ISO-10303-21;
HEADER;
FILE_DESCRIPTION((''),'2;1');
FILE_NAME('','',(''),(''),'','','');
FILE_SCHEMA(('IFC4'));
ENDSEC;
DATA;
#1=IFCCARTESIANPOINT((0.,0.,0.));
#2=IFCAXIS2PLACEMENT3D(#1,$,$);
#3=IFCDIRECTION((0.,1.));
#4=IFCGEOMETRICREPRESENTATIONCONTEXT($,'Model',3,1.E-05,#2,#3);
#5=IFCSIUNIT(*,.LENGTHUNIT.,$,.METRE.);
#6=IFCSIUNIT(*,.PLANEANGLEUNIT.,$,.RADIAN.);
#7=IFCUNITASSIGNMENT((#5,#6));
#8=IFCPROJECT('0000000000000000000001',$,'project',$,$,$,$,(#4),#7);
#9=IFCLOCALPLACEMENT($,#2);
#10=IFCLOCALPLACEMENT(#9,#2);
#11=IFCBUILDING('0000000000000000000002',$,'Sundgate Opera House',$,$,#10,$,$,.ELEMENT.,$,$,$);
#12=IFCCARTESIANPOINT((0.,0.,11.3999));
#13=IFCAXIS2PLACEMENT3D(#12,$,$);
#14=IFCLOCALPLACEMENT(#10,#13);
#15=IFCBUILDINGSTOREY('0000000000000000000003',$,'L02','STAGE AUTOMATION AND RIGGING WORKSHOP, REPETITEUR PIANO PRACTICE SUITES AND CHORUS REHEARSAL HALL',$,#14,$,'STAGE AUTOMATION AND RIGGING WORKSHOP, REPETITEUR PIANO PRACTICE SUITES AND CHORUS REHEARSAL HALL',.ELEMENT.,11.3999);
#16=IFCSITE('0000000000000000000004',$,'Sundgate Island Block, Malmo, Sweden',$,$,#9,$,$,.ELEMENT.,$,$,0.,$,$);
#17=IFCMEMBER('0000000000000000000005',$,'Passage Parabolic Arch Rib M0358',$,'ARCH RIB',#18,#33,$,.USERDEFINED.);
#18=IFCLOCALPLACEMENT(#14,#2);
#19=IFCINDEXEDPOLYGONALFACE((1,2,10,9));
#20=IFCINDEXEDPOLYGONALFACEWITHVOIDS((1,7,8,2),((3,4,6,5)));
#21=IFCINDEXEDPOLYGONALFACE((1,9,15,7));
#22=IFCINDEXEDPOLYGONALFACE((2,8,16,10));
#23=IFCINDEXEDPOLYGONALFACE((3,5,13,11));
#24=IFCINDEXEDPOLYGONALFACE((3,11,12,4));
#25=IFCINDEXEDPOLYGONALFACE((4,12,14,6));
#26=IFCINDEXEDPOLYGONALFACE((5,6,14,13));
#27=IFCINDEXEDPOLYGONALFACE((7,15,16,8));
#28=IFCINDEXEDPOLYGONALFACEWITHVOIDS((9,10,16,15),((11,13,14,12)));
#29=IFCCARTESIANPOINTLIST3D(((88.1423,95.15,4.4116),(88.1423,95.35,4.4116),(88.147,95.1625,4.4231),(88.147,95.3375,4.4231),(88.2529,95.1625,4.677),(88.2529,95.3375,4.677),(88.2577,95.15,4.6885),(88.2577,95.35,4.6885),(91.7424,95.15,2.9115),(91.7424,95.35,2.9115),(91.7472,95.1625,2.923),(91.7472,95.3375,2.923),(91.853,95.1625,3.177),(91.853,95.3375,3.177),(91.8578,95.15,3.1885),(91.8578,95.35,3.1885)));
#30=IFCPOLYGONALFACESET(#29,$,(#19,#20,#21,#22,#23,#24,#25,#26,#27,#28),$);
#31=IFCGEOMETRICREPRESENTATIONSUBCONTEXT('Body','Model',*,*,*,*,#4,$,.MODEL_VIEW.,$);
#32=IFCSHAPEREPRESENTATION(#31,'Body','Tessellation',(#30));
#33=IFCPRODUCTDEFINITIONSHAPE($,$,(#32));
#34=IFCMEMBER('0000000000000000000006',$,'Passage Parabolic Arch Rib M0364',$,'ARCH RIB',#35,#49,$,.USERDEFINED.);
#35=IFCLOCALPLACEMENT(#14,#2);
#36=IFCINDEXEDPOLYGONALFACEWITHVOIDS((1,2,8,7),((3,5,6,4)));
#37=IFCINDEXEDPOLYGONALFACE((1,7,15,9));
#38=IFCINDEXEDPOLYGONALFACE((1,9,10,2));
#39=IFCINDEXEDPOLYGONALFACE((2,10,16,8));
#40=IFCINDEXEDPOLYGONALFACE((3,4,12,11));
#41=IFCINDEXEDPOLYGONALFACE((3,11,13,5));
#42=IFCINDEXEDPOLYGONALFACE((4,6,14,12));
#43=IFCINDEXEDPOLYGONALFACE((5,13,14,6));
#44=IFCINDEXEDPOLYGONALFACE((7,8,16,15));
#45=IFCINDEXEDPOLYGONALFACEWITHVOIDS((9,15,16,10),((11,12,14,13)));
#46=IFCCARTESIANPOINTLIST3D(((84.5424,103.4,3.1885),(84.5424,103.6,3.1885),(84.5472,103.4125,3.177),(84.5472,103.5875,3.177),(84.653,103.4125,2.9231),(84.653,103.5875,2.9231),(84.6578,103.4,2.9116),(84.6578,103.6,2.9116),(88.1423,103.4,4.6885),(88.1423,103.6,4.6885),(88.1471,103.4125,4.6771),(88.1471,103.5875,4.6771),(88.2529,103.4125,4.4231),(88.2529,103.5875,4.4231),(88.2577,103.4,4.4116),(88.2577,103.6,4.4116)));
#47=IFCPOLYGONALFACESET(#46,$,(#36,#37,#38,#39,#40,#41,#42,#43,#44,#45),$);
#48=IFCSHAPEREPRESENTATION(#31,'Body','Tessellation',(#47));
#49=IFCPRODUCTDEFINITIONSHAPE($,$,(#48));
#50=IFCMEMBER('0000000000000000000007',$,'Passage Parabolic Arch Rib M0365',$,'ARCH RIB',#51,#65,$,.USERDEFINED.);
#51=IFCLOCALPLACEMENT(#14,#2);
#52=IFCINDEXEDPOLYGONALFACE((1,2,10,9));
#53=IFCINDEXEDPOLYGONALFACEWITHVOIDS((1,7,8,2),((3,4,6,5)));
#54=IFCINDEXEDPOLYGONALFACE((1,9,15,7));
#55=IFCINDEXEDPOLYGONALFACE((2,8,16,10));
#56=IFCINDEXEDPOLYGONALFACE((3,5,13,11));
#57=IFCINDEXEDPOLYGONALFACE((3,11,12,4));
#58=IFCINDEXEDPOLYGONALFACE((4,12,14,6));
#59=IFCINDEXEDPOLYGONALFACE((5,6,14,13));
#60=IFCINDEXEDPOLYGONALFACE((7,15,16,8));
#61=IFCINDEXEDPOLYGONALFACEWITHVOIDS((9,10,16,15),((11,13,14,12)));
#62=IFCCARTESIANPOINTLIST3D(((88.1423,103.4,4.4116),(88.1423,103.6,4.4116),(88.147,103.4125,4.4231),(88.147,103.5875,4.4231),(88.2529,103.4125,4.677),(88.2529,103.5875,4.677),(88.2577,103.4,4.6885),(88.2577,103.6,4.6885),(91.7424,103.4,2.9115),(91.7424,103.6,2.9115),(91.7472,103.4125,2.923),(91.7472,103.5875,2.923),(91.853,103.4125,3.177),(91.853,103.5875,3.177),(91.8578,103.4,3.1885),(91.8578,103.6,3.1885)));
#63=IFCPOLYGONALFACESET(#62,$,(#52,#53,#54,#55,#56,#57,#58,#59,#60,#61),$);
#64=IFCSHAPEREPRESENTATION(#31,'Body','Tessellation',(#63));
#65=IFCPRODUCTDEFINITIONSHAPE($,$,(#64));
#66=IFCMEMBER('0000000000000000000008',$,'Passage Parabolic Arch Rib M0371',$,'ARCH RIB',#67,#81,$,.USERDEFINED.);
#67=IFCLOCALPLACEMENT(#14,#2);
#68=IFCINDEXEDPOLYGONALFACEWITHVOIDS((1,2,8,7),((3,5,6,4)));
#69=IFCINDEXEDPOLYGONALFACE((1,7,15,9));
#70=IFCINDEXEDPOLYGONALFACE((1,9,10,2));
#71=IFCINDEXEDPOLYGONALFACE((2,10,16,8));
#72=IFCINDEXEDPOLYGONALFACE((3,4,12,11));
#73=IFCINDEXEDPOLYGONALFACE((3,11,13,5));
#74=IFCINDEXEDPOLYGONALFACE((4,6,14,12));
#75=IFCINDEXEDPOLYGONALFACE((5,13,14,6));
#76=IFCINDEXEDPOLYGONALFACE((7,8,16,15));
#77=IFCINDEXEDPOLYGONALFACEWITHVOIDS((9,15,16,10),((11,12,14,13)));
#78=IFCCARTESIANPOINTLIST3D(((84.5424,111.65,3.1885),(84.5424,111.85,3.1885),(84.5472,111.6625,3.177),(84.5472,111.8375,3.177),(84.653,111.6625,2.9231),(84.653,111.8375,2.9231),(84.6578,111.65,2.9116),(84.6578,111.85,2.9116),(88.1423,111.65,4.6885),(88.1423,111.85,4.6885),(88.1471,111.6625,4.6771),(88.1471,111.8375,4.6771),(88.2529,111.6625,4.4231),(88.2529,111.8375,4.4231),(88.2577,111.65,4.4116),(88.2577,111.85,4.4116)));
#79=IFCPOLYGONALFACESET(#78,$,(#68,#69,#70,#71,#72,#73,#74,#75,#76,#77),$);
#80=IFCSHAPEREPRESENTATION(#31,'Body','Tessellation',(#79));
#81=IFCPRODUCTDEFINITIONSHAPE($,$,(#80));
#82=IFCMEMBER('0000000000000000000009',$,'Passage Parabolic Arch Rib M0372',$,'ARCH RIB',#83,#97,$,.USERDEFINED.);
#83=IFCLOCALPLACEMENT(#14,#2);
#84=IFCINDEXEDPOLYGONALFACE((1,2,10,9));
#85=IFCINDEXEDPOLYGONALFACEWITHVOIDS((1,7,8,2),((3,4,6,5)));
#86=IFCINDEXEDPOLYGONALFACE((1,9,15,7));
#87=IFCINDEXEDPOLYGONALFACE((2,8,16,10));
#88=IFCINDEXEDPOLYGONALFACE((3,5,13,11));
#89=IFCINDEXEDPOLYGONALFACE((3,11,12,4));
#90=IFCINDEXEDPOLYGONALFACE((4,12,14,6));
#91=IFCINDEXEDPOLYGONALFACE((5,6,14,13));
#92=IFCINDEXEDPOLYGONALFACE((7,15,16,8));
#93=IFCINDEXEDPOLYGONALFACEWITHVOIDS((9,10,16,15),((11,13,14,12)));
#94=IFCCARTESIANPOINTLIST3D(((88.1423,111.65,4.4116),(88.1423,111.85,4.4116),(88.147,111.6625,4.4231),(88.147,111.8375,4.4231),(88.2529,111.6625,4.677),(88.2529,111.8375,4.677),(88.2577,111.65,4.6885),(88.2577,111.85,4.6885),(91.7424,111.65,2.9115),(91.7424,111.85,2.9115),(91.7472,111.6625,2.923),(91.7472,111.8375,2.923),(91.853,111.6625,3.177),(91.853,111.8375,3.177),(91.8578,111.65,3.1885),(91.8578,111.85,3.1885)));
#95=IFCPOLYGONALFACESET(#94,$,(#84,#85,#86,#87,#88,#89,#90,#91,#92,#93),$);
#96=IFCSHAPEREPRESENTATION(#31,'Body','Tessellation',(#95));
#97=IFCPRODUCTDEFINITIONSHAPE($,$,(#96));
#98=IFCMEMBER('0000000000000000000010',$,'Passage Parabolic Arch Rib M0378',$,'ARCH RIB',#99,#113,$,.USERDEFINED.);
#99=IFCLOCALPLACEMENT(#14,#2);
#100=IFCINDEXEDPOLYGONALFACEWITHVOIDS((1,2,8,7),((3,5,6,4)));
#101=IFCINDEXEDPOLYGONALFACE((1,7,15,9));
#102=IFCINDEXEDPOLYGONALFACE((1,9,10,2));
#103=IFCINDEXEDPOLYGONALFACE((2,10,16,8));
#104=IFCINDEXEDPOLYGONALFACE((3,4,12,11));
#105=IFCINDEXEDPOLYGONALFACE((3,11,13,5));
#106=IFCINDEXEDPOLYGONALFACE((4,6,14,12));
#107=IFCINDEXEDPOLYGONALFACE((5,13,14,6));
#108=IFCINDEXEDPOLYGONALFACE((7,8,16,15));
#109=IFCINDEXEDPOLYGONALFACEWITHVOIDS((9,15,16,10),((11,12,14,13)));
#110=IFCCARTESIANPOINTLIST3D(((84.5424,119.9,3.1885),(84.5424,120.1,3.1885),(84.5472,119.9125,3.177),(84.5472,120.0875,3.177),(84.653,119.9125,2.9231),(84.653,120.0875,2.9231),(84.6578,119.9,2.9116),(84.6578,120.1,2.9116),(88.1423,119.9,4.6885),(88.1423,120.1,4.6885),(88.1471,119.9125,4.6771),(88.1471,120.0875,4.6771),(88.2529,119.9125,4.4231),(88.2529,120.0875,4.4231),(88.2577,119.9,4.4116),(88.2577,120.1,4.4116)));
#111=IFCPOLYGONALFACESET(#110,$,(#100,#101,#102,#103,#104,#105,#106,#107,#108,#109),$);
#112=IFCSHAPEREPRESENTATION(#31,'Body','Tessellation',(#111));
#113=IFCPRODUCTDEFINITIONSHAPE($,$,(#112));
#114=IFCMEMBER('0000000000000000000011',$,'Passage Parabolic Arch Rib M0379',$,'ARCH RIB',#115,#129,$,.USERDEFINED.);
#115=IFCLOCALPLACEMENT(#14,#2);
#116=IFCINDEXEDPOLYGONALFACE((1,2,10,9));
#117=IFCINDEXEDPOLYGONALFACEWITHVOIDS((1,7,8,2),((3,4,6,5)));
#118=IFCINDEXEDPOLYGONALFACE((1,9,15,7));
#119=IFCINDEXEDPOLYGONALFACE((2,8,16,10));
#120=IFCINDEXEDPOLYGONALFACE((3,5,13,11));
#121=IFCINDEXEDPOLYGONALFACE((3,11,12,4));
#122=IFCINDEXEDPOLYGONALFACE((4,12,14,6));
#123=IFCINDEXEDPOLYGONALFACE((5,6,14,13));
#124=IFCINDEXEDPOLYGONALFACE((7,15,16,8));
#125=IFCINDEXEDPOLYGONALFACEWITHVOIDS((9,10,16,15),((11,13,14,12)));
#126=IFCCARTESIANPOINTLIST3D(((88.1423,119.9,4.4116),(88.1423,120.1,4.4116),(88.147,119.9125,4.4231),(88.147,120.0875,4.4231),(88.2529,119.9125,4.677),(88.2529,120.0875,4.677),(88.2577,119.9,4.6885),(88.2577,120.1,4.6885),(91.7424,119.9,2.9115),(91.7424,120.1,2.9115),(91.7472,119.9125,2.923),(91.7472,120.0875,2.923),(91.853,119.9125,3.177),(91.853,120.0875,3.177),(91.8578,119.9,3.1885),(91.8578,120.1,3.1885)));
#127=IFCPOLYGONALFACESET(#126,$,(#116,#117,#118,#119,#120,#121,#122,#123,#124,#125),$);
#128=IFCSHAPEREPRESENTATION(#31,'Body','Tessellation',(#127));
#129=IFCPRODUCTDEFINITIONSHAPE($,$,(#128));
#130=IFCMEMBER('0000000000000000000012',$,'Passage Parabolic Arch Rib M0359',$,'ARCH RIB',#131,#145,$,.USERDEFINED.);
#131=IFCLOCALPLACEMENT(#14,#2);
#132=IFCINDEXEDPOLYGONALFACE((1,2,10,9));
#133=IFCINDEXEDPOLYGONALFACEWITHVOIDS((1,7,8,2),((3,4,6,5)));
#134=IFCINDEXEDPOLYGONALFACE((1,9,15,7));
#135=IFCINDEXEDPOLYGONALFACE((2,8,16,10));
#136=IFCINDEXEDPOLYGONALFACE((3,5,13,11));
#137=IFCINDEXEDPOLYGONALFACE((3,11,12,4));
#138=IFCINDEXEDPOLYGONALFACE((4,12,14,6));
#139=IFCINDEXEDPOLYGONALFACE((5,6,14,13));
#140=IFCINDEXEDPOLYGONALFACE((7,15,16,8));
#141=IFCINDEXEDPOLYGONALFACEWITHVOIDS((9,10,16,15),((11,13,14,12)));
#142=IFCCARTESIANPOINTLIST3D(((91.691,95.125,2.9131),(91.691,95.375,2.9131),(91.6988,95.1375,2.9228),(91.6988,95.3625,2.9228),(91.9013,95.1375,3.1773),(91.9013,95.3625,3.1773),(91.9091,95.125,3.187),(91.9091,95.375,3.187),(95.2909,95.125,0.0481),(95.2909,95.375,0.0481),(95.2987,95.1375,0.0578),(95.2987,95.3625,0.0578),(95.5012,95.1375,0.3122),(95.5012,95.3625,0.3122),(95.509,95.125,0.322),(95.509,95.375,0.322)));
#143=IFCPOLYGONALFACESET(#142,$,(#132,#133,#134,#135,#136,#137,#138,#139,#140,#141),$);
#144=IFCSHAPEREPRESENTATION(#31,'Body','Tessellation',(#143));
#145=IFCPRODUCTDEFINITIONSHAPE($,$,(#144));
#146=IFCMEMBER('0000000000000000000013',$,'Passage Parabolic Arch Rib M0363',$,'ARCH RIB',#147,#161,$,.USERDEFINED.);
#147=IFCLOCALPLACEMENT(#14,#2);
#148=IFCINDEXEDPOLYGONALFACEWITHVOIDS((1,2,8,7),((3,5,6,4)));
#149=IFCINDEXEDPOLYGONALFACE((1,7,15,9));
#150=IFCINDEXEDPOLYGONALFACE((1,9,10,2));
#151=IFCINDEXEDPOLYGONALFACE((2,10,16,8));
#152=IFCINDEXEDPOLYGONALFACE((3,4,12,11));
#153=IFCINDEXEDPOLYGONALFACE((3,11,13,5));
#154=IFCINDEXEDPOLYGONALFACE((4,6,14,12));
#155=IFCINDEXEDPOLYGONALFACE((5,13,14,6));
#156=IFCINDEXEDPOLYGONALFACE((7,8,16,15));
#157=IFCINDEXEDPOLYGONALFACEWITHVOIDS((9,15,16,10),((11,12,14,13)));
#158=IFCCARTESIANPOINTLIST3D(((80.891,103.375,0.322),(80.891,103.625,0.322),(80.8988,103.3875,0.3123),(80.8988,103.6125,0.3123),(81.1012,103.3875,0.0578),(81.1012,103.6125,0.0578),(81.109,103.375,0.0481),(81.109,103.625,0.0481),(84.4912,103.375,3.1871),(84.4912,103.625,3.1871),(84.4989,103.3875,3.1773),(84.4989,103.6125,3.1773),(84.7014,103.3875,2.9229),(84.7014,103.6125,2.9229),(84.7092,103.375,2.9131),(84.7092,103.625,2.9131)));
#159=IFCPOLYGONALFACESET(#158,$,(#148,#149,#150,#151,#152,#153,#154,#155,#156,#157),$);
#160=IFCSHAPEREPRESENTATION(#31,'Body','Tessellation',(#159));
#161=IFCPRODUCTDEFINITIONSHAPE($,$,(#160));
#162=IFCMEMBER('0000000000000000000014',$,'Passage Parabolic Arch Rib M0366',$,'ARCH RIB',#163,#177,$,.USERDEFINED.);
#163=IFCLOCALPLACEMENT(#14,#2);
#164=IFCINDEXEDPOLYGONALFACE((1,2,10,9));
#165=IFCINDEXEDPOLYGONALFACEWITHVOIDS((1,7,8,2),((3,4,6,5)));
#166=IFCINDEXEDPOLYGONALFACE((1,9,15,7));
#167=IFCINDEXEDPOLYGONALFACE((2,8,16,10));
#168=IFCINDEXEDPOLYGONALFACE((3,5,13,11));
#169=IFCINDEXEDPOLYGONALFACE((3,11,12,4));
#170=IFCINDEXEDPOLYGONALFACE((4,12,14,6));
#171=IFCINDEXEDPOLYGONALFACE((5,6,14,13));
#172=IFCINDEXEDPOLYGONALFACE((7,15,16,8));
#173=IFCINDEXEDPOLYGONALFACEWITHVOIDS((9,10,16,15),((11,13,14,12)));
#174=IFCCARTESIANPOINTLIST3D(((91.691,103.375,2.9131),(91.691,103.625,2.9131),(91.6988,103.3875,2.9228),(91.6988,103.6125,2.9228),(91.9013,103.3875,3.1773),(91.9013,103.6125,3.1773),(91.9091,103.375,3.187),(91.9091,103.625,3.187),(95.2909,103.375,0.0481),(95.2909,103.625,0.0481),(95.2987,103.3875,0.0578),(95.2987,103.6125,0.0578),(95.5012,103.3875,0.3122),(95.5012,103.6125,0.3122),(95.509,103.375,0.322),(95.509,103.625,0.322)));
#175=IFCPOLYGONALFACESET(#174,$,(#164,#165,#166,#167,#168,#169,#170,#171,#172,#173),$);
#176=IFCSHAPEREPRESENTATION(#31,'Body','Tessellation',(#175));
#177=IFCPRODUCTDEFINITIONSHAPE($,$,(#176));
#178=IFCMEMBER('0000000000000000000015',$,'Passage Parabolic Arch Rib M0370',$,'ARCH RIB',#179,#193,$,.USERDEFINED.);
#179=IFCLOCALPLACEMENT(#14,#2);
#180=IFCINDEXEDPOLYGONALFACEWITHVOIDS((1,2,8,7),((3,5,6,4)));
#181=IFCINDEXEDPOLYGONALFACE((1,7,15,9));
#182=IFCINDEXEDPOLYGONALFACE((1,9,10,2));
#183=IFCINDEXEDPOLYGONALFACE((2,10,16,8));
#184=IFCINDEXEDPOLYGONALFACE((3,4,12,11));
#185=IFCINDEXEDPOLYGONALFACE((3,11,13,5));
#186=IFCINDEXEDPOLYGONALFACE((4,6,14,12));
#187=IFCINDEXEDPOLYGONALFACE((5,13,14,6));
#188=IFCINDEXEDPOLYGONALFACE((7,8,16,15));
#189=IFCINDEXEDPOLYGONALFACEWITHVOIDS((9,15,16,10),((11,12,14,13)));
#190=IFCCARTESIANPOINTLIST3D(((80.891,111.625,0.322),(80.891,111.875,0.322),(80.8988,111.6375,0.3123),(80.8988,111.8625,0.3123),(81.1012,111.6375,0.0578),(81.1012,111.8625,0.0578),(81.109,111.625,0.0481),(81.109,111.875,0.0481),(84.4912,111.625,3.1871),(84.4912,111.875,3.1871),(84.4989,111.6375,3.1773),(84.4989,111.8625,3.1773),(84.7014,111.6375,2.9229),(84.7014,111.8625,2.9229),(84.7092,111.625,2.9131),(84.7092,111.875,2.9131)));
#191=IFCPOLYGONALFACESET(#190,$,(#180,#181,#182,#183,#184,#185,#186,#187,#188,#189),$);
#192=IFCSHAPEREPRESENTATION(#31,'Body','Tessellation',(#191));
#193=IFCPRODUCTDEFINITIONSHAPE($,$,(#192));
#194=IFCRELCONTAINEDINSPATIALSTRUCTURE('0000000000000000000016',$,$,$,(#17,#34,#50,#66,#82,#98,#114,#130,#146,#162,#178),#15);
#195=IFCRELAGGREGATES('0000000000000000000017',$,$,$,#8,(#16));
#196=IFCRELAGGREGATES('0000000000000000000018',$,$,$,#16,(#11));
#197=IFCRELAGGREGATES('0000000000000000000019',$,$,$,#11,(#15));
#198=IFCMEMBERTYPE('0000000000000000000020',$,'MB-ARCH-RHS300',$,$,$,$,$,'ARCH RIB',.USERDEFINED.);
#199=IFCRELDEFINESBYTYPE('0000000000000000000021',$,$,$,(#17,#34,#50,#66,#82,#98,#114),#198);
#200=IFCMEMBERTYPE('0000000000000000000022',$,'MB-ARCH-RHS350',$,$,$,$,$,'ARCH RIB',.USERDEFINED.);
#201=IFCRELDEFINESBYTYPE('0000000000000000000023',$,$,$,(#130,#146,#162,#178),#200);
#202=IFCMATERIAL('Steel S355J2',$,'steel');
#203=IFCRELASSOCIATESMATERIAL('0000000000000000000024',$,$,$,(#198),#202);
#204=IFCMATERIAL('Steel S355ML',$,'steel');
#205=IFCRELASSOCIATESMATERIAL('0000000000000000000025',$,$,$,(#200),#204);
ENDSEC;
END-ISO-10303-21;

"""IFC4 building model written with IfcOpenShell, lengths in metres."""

from ifc_helpers import new_model, si_unit, direction, frame, origin, origin_2d, place, context, subcontext, project, spatial, hollow_rectangle, extrude, material, material_profile, profile_set, type_object, element, save


model = new_model("IFC4")

# Units and contexts
model_context = context("Model", 3, precision=1e-05, world=origin(), true_north=direction((0.0, 1.0)))
body_context = subcontext(model_context, "Body", "Model", "MODEL_VIEW")
ifc_project = project(units=[si_unit("LENGTHUNIT", "METRE"), si_unit("PLANEANGLEUNIT", "RADIAN")], contexts=[model_context])

# Site, building, storey
site_placement = place(None, origin())
site = spatial("IfcSite", under=ifc_project, at=site_placement, Name="Sundgate Island Block, Malmo, Sweden", CompositionType="ELEMENT", RefElevation=0.0)
building_placement = place(site_placement, origin())
building = spatial("IfcBuilding", under=site, at=building_placement, Name="Sundgate Opera House", CompositionType="ELEMENT")
storey_placement = place(building_placement, frame((0.0, 0.0, 11.3999)))
storey = spatial("IfcBuildingStorey", under=building, at=storey_placement, Name="L02", Description="STAGE AUTOMATION AND RIGGING WORKSHOP, REPETITEUR PIANO PRACTICE SUITES AND CHORUS REHEARSAL HALL", LongName="STAGE AUTOMATION AND RIGGING WORKSHOP, REPETITEUR PIANO PRACTICE SUITES AND CHORUS REHEARSAL HALL", CompositionType="ELEMENT", Elevation=11.3999)

# Members
ifc_material_1 = material(Name="Steel S355J2", Category="steel")
ifc_material_profile_1 = material_profile(ifc_material_1, hollow_rectangle(XDim=0.2, YDim=0.3, WallThickness=0.0125, at=origin_2d()), Name="RHS 300x200x12.5")
ifc_profile_set_1 = profile_set([ifc_material_profile_1], Name="Steel S355J2")
member_type_1 = type_object("IfcMemberType", Name="MB-ARCH-RHS300", ElementType="ARCH RIB", PredefinedType="USERDEFINED", material=ifc_profile_set_1)
member_1_placement = place(storey_placement, frame((88.2, 95.25, 4.55), z_axis=(0.923081, 0.0, -0.384606), x_axis=(0.0, 1.0, 0.0)))
element("IfcMember", 1, at=member_1_placement, inside=storey, type_object=member_type_1, Name="Passage Parabolic Arch Rib M0358", ObjectType="ARCH RIB", PredefinedType="USERDEFINED", context=body_context, shape_type="SweptSolid", body=[
    extrude(hollow_rectangle(XDim=0.2, YDim=0.3, WallThickness=0.0125, at=origin_2d()), origin(), (0.0, 0.0, 1.0), 3.9001),
])
member_2_placement = place(storey_placement, frame((84.6001, 103.5, 3.05), z_axis=(0.923071, 0.0, 0.384629), x_axis=(0.0, 1.0, 0.0)))
element("IfcMember", 2, at=member_2_placement, inside=storey, type_object=member_type_1, Name="Passage Parabolic Arch Rib M0364", ObjectType="ARCH RIB", PredefinedType="USERDEFINED", context=body_context, shape_type="SweptSolid", body=[
    extrude(hollow_rectangle(XDim=0.2, YDim=0.3, WallThickness=0.0125, at=origin_2d()), origin(), (0.0, 0.0, 1.0), 3.8999),
])
member_3_placement = place(storey_placement, frame((88.2, 103.5, 4.55), z_axis=(0.923081, 0.0, -0.384606), x_axis=(0.0, 1.0, 0.0)))
element("IfcMember", 3, at=member_3_placement, inside=storey, type_object=member_type_1, Name="Passage Parabolic Arch Rib M0365", ObjectType="ARCH RIB", PredefinedType="USERDEFINED", context=body_context, shape_type="SweptSolid", body=[
    extrude(hollow_rectangle(XDim=0.2, YDim=0.3, WallThickness=0.0125, at=origin_2d()), origin(), (0.0, 0.0, 1.0), 3.9001),
])
member_4_placement = place(storey_placement, frame((84.6001, 111.75, 3.05), z_axis=(0.923071, 0.0, 0.384629), x_axis=(0.0, 1.0, 0.0)))
element("IfcMember", 4, at=member_4_placement, inside=storey, type_object=member_type_1, Name="Passage Parabolic Arch Rib M0371", ObjectType="ARCH RIB", PredefinedType="USERDEFINED", context=body_context, shape_type="SweptSolid", body=[
    extrude(hollow_rectangle(XDim=0.2, YDim=0.3, WallThickness=0.0125, at=origin_2d()), origin(), (0.0, 0.0, 1.0), 3.8999),
])
member_5_placement = place(storey_placement, frame((88.2, 111.75, 4.55), z_axis=(0.923081, 0.0, -0.384606), x_axis=(0.0, 1.0, 0.0)))
element("IfcMember", 5, at=member_5_placement, inside=storey, type_object=member_type_1, Name="Passage Parabolic Arch Rib M0372", ObjectType="ARCH RIB", PredefinedType="USERDEFINED", context=body_context, shape_type="SweptSolid", body=[
    extrude(hollow_rectangle(XDim=0.2, YDim=0.3, WallThickness=0.0125, at=origin_2d()), origin(), (0.0, 0.0, 1.0), 3.9001),
])
member_6_placement = place(storey_placement, frame((84.6001, 120.0, 3.05), z_axis=(0.923071, 0.0, 0.384629), x_axis=(0.0, 1.0, 0.0)))
element("IfcMember", 6, at=member_6_placement, inside=storey, type_object=member_type_1, Name="Passage Parabolic Arch Rib M0378", ObjectType="ARCH RIB", PredefinedType="USERDEFINED", context=body_context, shape_type="SweptSolid", body=[
    extrude(hollow_rectangle(XDim=0.2, YDim=0.3, WallThickness=0.0125, at=origin_2d()), origin(), (0.0, 0.0, 1.0), 3.8999),
])
member_7_placement = place(storey_placement, frame((88.2, 120.0, 4.55), z_axis=(0.923081, 0.0, -0.384606), x_axis=(0.0, 1.0, 0.0)))
element("IfcMember", 7, at=member_7_placement, inside=storey, type_object=member_type_1, Name="Passage Parabolic Arch Rib M0379", ObjectType="ARCH RIB", PredefinedType="USERDEFINED", context=body_context, shape_type="SweptSolid", body=[
    extrude(hollow_rectangle(XDim=0.2, YDim=0.3, WallThickness=0.0125, at=origin_2d()), origin(), (0.0, 0.0, 1.0), 3.9001),
])
ifc_material_2 = material(Name="Steel S355ML", Category="steel")
ifc_material_profile_2 = material_profile(ifc_material_2, hollow_rectangle(XDim=0.25, YDim=0.3501, WallThickness=0.0125, at=origin_2d()), Name="RHS 350x250x12.5")
ifc_profile_set_2 = profile_set([ifc_material_profile_2], Name="Steel S355ML")
member_type_2 = type_object("IfcMemberType", Name="MB-ARCH-RHS350", ElementType="ARCH RIB", PredefinedType="USERDEFINED", material=ifc_profile_set_2)
member_8_placement = place(storey_placement, frame((91.8, 95.25, 3.05), z_axis=(0.782445, 0.0, -0.622719), x_axis=(0.0, 1.0, 0.0)))
element("IfcMember", 8, at=member_8_placement, inside=storey, type_object=member_type_2, Name="Passage Parabolic Arch Rib M0359", ObjectType="ARCH RIB", PredefinedType="USERDEFINED", context=body_context, shape_type="SweptSolid", body=[
    extrude(hollow_rectangle(XDim=0.25, YDim=0.3501, WallThickness=0.0125, at=origin_2d()), origin(), (0.0, 0.0, 1.0), 4.6008),
])
member_9_placement = place(storey_placement, frame((81.0, 103.5, 0.1851), z_axis=(0.782466, 0.0, 0.622693), x_axis=(0.0, 1.0, 0.0)))
element("IfcMember", 9, at=member_9_placement, inside=storey, type_object=member_type_2, Name="Passage Parabolic Arch Rib M0363", ObjectType="ARCH RIB", PredefinedType="USERDEFINED", context=body_context, shape_type="SweptSolid", body=[
    extrude(hollow_rectangle(XDim=0.25, YDim=0.3501, WallThickness=0.0125, at=origin_2d()), origin(), (0.0, 0.0, 1.0), 4.6011),
])
member_10_placement = place(storey_placement, frame((91.8, 103.5, 3.05), z_axis=(0.782445, 0.0, -0.622719), x_axis=(0.0, 1.0, 0.0)))
element("IfcMember", 10, at=member_10_placement, inside=storey, type_object=member_type_2, Name="Passage Parabolic Arch Rib M0366", ObjectType="ARCH RIB", PredefinedType="USERDEFINED", context=body_context, shape_type="SweptSolid", body=[
    extrude(hollow_rectangle(XDim=0.25, YDim=0.3501, WallThickness=0.0125, at=origin_2d()), origin(), (0.0, 0.0, 1.0), 4.6008),
])
for number, where, z_axis, x_axis, name in (
    (11, (81.0, 111.75, 0.1851), (0.782466, 0.0, 0.622693), (0.0, 1.0, 0.0), "Passage Parabolic Arch Rib M0370"),
):
    element("IfcMember", number, at=place(storey_placement, frame(where, z_axis=z_axis, x_axis=x_axis)), inside=storey, type_object=member_type_2, Name=name, ObjectType="ARCH RIB", PredefinedType="USERDEFINED", context=body_context, shape_type="SweptSolid", body=[
        extrude(hollow_rectangle(XDim=0.25, YDim=0.3501, WallThickness=0.0125, at=origin_2d()), origin(), (0.0, 0.0, 1.0), 4.6011),
    ])

save(model, "model.ifc")
